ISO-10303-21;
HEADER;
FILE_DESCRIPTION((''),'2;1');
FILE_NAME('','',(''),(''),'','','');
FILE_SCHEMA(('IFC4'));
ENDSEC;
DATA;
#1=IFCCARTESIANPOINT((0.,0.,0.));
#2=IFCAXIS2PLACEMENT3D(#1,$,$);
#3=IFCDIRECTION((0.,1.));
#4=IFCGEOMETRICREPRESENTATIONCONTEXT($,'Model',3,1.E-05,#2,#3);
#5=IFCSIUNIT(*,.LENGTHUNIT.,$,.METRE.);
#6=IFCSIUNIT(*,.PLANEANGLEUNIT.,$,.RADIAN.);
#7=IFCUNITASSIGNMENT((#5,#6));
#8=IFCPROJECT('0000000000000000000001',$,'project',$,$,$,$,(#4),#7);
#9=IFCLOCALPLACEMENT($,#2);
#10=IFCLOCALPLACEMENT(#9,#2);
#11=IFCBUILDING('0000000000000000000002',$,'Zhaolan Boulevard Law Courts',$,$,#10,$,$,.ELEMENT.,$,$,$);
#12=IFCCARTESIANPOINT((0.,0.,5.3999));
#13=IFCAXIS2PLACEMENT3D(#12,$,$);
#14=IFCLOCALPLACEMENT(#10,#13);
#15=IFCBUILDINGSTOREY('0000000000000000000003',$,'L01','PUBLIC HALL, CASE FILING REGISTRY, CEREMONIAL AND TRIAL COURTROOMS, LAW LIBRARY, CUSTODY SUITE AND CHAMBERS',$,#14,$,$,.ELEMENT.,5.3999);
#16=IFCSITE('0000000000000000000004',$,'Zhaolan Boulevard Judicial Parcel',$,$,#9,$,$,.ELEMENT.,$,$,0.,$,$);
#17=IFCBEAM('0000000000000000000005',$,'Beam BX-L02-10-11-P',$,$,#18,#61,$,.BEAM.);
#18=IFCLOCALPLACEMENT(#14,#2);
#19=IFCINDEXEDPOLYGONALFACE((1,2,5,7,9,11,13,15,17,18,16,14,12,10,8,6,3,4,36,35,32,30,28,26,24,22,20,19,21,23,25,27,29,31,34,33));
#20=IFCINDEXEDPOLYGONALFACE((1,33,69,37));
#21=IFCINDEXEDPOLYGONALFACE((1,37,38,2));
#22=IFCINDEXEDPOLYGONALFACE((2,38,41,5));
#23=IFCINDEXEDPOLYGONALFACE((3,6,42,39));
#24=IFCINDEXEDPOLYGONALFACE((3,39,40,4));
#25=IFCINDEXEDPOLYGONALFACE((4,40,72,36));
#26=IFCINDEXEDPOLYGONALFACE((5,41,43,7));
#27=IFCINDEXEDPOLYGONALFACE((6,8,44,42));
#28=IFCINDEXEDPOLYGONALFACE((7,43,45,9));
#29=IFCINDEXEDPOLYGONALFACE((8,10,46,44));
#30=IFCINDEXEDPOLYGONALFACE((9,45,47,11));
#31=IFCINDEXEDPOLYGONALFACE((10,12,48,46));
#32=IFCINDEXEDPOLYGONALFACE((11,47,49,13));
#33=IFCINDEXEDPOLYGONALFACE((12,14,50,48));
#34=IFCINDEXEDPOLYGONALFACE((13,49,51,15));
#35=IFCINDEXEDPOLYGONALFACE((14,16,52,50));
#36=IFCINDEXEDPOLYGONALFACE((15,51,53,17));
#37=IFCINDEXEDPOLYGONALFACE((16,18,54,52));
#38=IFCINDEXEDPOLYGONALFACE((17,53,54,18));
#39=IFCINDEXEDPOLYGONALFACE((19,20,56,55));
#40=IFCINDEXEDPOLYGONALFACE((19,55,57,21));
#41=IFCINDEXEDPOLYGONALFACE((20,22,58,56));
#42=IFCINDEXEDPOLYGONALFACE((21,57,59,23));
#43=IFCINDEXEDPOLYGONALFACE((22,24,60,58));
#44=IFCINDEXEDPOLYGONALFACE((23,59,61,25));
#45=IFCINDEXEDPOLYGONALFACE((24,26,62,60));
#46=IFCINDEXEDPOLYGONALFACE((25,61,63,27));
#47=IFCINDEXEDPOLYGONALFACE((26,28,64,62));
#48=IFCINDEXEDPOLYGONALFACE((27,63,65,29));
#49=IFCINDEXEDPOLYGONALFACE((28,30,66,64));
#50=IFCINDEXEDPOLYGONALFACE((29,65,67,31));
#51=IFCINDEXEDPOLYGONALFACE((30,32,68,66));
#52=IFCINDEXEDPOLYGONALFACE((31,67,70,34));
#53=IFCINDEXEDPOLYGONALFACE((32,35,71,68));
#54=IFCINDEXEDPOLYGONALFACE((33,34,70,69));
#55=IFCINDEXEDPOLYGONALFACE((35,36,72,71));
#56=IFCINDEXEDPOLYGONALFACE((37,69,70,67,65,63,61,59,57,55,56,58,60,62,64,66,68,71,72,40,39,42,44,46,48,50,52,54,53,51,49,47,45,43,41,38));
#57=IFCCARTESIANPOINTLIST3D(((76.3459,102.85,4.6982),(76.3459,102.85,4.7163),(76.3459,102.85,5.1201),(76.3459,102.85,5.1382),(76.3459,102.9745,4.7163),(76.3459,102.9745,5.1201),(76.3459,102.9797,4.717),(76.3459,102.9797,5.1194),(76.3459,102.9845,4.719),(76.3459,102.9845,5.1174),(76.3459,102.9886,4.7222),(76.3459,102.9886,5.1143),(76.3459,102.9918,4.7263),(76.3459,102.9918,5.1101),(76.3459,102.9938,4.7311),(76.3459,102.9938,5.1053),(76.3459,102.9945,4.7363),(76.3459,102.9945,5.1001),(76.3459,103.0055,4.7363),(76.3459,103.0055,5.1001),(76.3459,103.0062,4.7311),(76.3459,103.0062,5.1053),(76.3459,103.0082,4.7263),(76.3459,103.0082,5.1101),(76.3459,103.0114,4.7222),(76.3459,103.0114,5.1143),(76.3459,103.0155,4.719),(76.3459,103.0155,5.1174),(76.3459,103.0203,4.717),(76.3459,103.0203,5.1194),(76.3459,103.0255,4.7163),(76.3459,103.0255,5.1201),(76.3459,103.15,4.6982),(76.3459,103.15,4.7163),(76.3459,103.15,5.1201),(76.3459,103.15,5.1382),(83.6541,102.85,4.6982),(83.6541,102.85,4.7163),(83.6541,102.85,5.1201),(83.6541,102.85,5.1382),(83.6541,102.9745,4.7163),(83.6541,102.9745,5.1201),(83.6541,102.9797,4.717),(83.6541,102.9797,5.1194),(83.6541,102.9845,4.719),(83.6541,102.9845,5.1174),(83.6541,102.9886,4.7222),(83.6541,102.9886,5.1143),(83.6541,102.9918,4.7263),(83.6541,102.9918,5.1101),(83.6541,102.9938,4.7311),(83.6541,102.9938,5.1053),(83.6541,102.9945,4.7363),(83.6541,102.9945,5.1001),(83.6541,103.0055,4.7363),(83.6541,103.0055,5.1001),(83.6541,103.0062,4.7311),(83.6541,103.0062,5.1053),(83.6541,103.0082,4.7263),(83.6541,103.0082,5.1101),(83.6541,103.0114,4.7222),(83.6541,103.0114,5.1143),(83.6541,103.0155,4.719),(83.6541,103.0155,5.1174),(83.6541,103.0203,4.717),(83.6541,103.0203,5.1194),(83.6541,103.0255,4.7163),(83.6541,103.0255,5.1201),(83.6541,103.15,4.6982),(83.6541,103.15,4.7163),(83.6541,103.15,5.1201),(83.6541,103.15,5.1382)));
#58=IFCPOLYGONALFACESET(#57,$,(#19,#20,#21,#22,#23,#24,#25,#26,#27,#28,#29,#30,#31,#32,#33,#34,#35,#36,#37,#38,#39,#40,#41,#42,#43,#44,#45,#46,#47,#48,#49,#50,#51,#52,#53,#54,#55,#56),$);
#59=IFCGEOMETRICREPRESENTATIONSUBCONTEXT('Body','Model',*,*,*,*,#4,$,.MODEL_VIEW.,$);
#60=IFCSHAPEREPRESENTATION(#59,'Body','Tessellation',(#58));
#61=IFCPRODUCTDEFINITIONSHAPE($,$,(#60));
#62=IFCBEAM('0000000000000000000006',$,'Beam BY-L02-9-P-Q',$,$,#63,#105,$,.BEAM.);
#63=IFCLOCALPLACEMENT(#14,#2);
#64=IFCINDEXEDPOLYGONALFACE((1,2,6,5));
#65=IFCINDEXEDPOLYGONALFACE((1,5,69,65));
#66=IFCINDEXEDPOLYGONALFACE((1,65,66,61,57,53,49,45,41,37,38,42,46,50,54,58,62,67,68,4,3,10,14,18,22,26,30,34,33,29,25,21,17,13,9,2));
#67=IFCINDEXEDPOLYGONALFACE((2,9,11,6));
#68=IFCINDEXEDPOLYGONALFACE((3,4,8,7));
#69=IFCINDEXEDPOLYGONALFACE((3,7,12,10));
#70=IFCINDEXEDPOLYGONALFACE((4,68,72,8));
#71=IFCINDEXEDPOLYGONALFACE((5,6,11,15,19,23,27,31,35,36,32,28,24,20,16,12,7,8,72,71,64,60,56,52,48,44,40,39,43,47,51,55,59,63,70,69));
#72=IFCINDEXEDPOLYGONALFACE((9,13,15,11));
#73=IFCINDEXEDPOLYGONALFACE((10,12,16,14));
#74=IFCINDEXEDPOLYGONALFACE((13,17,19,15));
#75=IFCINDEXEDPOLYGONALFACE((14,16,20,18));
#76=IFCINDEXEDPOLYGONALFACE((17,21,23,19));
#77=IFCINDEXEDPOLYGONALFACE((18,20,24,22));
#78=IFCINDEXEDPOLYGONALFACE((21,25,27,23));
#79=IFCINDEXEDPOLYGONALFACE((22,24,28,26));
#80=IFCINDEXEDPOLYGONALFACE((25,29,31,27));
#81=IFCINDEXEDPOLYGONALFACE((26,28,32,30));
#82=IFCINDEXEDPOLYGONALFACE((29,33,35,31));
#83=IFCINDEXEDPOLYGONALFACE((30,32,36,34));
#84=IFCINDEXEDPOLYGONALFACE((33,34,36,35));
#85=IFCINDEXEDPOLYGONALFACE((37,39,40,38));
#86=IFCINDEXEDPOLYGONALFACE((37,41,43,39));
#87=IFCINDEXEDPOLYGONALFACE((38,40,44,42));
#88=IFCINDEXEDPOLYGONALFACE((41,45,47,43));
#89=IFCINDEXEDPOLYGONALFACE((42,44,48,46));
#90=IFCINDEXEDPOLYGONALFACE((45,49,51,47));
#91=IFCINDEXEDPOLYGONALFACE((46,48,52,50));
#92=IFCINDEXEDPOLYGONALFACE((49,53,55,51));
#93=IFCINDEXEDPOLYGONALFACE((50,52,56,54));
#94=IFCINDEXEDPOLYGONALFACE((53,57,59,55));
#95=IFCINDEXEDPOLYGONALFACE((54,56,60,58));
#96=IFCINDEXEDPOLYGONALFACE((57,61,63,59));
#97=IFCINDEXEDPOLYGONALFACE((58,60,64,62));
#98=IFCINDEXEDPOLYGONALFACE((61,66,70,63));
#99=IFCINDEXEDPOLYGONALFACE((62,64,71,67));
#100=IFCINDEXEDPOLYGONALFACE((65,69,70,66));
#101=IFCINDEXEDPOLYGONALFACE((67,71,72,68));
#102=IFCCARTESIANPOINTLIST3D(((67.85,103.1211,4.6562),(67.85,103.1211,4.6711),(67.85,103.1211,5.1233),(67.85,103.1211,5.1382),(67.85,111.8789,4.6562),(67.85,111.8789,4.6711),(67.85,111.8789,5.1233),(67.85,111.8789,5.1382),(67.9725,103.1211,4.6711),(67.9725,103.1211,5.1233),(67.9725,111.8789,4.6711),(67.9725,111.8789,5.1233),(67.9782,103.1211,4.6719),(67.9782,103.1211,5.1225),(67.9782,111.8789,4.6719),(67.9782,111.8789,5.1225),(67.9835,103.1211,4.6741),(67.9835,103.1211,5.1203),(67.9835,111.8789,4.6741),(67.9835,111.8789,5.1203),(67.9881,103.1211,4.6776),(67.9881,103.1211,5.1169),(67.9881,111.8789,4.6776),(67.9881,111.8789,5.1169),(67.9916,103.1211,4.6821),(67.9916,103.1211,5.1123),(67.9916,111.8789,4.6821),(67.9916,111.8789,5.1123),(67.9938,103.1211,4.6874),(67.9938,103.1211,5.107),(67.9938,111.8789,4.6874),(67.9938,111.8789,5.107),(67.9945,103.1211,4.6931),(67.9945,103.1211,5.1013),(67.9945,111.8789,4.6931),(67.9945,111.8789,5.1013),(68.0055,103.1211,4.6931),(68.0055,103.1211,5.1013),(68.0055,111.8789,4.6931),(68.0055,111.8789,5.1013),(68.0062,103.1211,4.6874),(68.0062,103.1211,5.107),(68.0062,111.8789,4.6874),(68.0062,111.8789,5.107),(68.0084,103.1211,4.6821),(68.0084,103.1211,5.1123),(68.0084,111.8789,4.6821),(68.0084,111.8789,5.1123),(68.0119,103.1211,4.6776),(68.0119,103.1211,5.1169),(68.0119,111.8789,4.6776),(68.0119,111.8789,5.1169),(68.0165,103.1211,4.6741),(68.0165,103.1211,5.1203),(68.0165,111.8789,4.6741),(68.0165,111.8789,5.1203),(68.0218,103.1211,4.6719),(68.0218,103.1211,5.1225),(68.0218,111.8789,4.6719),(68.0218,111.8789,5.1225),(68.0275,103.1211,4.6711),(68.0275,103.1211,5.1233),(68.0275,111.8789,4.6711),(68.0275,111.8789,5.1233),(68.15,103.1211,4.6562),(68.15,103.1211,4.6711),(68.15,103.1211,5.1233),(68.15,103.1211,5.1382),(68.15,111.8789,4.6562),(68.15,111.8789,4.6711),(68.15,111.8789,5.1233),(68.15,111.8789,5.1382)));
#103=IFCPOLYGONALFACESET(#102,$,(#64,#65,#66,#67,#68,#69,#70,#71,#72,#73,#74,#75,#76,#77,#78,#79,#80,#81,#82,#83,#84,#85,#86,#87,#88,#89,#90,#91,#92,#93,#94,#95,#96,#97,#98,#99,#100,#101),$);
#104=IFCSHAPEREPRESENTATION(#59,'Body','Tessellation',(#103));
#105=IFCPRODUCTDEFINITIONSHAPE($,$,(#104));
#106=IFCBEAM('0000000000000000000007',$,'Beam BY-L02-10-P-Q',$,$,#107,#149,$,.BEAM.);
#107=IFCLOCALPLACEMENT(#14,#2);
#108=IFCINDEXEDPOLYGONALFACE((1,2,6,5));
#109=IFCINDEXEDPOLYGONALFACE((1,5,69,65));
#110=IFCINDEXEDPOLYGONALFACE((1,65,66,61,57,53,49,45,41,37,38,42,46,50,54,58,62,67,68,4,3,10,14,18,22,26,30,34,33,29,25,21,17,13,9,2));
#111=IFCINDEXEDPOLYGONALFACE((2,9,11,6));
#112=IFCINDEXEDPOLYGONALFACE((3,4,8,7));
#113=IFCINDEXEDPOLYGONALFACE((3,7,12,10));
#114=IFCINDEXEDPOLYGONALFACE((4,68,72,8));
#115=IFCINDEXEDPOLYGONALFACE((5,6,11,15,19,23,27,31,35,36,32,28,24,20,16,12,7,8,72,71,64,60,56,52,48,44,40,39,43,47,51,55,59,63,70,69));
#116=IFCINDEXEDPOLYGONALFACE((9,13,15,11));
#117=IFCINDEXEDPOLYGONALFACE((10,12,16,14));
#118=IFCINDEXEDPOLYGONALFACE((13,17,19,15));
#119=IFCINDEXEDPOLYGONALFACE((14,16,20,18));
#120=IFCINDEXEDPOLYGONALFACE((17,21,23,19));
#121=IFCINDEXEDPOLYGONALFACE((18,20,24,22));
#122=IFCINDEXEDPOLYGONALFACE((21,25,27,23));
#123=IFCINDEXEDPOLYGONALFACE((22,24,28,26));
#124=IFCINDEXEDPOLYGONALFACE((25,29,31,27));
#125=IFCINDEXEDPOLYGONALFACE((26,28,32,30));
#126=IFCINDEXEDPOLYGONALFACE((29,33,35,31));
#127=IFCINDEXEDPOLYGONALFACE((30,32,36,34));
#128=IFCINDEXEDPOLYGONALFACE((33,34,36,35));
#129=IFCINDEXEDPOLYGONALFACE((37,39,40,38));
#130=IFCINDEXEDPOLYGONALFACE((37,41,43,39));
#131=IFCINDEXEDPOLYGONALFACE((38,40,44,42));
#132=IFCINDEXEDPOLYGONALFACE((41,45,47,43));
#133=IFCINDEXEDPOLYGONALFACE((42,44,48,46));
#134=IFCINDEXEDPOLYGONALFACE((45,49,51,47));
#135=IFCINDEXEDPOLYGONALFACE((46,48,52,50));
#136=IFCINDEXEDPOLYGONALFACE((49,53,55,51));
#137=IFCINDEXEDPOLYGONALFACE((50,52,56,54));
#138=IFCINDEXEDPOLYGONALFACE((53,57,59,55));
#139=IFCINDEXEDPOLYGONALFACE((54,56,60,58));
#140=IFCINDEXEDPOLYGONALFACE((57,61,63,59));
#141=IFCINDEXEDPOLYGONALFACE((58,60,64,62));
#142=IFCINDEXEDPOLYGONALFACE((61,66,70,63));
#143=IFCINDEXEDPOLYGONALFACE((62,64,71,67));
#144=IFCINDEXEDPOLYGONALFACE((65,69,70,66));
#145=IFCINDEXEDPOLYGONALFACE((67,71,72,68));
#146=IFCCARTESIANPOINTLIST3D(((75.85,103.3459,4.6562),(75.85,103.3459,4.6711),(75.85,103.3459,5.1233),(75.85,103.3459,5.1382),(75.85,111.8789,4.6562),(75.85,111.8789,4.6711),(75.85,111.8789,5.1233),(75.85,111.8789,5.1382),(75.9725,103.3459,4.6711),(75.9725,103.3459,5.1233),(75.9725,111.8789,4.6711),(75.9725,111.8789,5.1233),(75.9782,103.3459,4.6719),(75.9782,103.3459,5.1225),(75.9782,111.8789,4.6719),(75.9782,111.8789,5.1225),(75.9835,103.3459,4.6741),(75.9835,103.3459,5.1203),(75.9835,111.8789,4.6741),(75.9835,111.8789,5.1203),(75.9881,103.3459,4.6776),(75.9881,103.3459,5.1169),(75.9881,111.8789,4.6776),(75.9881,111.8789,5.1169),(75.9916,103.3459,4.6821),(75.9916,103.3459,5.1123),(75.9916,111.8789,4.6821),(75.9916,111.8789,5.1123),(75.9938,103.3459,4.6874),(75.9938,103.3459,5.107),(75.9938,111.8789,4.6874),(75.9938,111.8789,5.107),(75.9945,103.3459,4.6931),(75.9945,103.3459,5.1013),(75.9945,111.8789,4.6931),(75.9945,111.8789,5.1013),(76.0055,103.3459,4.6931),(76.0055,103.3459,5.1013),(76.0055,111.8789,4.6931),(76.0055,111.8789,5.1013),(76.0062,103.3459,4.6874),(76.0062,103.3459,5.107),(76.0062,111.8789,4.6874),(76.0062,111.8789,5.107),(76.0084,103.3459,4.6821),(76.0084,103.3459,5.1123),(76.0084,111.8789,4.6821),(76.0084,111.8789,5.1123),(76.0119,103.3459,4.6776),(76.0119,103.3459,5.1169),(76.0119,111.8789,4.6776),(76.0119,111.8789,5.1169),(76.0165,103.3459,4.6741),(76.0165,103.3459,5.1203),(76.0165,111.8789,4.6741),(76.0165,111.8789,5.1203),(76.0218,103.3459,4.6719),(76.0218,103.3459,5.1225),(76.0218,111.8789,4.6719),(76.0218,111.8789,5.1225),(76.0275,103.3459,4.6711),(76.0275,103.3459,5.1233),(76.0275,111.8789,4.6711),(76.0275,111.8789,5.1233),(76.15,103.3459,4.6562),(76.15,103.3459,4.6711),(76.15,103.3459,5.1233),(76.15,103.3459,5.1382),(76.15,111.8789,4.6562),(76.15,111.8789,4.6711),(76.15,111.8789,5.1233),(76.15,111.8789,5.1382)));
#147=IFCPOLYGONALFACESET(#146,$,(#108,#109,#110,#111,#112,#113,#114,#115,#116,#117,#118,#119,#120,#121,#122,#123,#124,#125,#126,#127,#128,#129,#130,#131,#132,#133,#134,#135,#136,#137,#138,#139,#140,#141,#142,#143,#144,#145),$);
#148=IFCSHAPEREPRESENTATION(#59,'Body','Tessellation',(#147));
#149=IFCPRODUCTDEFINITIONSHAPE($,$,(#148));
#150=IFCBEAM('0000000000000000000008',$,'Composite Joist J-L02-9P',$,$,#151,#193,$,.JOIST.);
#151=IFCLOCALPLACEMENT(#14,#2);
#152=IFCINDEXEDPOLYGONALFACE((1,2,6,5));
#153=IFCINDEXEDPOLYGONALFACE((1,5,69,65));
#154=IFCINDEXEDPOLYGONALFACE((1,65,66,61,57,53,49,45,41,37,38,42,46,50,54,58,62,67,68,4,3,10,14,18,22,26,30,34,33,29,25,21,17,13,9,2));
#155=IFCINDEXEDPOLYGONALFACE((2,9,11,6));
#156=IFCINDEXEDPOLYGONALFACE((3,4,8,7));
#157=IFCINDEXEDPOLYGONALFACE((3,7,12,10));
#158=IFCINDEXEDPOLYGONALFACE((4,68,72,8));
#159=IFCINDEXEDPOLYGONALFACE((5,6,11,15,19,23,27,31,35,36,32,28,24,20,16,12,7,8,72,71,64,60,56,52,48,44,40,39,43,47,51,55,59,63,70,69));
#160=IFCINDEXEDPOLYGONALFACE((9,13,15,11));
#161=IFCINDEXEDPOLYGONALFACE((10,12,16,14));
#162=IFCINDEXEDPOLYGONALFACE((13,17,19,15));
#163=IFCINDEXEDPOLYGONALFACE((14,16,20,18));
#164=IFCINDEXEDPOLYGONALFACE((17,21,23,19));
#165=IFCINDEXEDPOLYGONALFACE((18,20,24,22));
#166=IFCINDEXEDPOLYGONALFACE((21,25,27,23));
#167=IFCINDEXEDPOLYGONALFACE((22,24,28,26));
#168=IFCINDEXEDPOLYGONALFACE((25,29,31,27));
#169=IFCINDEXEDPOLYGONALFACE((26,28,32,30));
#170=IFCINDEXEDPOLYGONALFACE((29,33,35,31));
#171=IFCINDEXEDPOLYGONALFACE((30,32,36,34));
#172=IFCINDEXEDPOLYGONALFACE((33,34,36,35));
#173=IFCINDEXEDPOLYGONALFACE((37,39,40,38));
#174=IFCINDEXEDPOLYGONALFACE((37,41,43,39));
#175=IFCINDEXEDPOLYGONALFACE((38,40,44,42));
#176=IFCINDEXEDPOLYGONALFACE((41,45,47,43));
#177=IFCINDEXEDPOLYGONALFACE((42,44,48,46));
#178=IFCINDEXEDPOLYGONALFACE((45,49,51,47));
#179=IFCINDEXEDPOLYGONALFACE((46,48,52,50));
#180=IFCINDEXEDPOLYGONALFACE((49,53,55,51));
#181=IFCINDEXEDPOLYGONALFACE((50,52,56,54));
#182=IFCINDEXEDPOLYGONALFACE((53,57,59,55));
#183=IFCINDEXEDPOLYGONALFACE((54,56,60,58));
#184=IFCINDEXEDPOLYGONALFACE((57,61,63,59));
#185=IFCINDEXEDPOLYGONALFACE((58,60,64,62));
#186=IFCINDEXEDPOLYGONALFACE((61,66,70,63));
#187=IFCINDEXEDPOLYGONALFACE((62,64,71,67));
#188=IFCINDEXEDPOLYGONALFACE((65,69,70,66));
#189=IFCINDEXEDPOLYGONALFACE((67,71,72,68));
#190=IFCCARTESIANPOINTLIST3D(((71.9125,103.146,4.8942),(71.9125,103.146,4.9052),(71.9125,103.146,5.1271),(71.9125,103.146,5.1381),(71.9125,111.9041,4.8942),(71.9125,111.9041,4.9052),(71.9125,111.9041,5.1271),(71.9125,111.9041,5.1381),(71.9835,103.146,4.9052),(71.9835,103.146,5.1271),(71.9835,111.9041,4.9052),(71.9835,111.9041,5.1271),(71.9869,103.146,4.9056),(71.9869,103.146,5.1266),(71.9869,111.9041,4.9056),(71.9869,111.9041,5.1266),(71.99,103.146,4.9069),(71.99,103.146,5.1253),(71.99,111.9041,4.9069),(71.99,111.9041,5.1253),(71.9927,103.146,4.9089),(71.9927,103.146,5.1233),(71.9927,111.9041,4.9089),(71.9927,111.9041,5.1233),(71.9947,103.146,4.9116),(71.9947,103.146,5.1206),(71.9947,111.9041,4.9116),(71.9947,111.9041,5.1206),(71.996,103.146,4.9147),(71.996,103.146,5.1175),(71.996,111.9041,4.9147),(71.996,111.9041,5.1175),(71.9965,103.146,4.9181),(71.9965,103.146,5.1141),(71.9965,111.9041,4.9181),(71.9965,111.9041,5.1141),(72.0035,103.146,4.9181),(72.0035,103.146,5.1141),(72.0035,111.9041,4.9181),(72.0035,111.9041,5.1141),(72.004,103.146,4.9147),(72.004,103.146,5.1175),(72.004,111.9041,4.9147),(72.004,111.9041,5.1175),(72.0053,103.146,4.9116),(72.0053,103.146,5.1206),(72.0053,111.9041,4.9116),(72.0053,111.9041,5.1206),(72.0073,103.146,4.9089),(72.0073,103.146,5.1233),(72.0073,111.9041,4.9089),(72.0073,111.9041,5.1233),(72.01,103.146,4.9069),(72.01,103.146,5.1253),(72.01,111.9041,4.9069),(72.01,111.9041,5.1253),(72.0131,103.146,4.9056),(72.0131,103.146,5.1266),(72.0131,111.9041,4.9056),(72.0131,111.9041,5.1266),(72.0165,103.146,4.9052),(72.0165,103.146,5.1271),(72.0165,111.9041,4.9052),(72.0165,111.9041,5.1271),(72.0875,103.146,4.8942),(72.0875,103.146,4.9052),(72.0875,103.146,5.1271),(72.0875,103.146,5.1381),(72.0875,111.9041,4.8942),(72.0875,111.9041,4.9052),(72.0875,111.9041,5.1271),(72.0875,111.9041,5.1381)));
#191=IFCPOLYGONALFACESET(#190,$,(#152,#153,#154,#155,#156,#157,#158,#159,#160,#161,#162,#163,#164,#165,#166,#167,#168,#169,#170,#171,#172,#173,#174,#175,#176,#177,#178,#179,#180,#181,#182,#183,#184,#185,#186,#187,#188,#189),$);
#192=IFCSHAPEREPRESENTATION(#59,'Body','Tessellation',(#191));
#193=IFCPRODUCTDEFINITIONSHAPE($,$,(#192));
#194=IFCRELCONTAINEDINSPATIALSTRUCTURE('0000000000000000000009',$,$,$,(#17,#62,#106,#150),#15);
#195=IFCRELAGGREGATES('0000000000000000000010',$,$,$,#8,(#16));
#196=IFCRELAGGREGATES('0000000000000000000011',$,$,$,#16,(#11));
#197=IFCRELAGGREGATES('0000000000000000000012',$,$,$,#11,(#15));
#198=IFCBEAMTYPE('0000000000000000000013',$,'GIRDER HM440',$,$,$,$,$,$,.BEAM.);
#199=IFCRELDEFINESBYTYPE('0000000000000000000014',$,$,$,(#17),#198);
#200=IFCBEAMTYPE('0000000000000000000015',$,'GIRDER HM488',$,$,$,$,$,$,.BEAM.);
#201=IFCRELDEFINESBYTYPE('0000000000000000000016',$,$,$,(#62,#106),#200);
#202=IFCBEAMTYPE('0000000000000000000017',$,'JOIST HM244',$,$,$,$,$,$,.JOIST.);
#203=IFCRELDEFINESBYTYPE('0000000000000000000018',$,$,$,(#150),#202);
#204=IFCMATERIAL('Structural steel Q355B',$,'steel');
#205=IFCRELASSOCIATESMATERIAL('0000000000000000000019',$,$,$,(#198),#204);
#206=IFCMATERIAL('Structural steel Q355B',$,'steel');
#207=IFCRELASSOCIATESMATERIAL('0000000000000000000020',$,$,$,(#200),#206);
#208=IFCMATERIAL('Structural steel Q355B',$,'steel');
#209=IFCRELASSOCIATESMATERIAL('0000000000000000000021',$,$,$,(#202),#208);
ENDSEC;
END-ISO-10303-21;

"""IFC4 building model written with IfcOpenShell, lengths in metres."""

from ifc_helpers import new_model, si_unit, direction, frame, origin, origin_2d, place, context, subcontext, project, spatial, i_section, extrude, material, material_profile, profile_set, type_object, element, save


model = new_model("IFC4")

# Units and contexts
model_context = context("Model", 3, precision=1e-05, world=origin(), true_north=direction((0.0, 1.0)))
body_context = subcontext(model_context, "Body", "Model", "MODEL_VIEW")
ifc_project = project(units=[si_unit("LENGTHUNIT", "METRE"), si_unit("PLANEANGLEUNIT", "RADIAN")], contexts=[model_context])

# Site, building, storey
site_placement = place(None, origin())
site = spatial("IfcSite", under=ifc_project, at=site_placement, Name="Zhaolan Boulevard Judicial Parcel", CompositionType="ELEMENT", RefElevation=0.0)
building_placement = place(site_placement, origin())
building = spatial("IfcBuilding", under=site, at=building_placement, Name="Zhaolan Boulevard Law Courts", CompositionType="ELEMENT")
storey_placement = place(building_placement, frame((0.0, 0.0, 5.3999)))
storey = spatial("IfcBuildingStorey", under=building, at=storey_placement, Name="L01", Description="PUBLIC HALL, CASE FILING REGISTRY, CEREMONIAL AND TRIAL COURTROOMS, LAW LIBRARY, CUSTODY SUITE AND CHAMBERS", CompositionType="ELEMENT", Elevation=5.3999)

# Beams
ifc_material_1 = material(Name="Structural steel Q355B", Category="steel")
ifc_material_profile_1 = material_profile(ifc_material_1, i_section(OverallWidth=0.3, OverallDepth=0.4399, WebThickness=0.011, FlangeThickness=0.0181, FilletRadius=0.02, at=origin_2d()), Name="HM440x300")
ifc_profile_set_1 = profile_set([ifc_material_profile_1], Name="Structural steel Q355B")
beam_type_1 = type_object("IfcBeamType", Name="GIRDER HM440", PredefinedType="BEAM", material=ifc_profile_set_1)
beam_1_placement = place(storey_placement, frame((76.3459, 103.0, 4.9182), z_axis=(1.0, 0.0, 0.0), x_axis=(0.0, 1.0, 0.0)))
element("IfcBeam", 1, at=beam_1_placement, inside=storey, type_object=beam_type_1, Name="Beam BX-L02-10-11-P", PredefinedType="BEAM", context=body_context, shape_type="SweptSolid", body=[
    extrude(i_section(OverallWidth=0.3, OverallDepth=0.4399, WebThickness=0.011, FlangeThickness=0.0181, FilletRadius=0.02, at=origin_2d()), origin(), (0.0, 0.0, 1.0), 7.3081),
])
ifc_material_2 = material(Name="Structural steel Q355B", Category="steel")
ifc_material_profile_2 = material_profile(ifc_material_2, i_section(OverallWidth=0.3, OverallDepth=0.4819, WebThickness=0.011, FlangeThickness=0.0149, FilletRadius=0.022, at=origin_2d()), Name="HM482x300")
ifc_profile_set_2 = profile_set([ifc_material_profile_2], Name="Structural steel Q355B")
beam_type_2 = type_object("IfcBeamType", Name="GIRDER HM488", PredefinedType="BEAM", material=ifc_profile_set_2)
beam_2_placement = place(storey_placement, frame((68.0, 103.1211, 4.8972), z_axis=(0.0, 1.0, 0.0), x_axis=(-1.0, 0.0, 0.0)))
element("IfcBeam", 2, at=beam_2_placement, inside=storey, type_object=beam_type_2, Name="Beam BY-L02-9-P-Q", PredefinedType="BEAM", context=body_context, shape_type="SweptSolid", body=[
    extrude(i_section(OverallWidth=0.3, OverallDepth=0.4819, WebThickness=0.011, FlangeThickness=0.0149, FilletRadius=0.022, at=origin_2d()), origin(), (0.0, 0.0, 1.0), 8.7578),
])
beam_3_placement = place(storey_placement, frame((76.0, 103.3459, 4.8972), z_axis=(0.0, 1.0, 0.0), x_axis=(-1.0, 0.0, 0.0)))
element("IfcBeam", 3, at=beam_3_placement, inside=storey, type_object=beam_type_2, Name="Beam BY-L02-10-P-Q", PredefinedType="BEAM", context=body_context, shape_type="SweptSolid", body=[
    extrude(i_section(OverallWidth=0.3, OverallDepth=0.4819, WebThickness=0.011, FlangeThickness=0.0149, FilletRadius=0.022, at=origin_2d()), origin(), (0.0, 0.0, 1.0), 8.533),
])
ifc_material_3 = material(Name="Structural steel Q355B", Category="steel")
ifc_material_profile_3 = material_profile(ifc_material_3, i_section(OverallWidth=0.175, OverallDepth=0.2439, WebThickness=0.0071, FlangeThickness=0.011, FilletRadius=0.0129, at=origin_2d()), Name="HM244x175")
ifc_profile_set_3 = profile_set([ifc_material_profile_3], Name="Structural steel Q355B")
beam_type_3 = type_object("IfcBeamType", Name="JOIST HM244", PredefinedType="JOIST", material=ifc_profile_set_3)
beam_4_placement = place(storey_placement, frame((72.0, 103.146, 5.0161), z_axis=(0.0, 1.0, 0.0), x_axis=(-1.0, 0.0, 0.0)))
element("IfcBeam", 4, at=beam_4_placement, inside=storey, type_object=beam_type_3, Name="Composite Joist J-L02-9P", PredefinedType="JOIST", context=body_context, shape_type="SweptSolid", body=[
    extrude(i_section(OverallWidth=0.175, OverallDepth=0.2439, WebThickness=0.0071, FlangeThickness=0.011, FilletRadius=0.0129, at=origin_2d()), origin(), (0.0, 0.0, 1.0), 8.7581),
])

save(model, "model.ifc")
